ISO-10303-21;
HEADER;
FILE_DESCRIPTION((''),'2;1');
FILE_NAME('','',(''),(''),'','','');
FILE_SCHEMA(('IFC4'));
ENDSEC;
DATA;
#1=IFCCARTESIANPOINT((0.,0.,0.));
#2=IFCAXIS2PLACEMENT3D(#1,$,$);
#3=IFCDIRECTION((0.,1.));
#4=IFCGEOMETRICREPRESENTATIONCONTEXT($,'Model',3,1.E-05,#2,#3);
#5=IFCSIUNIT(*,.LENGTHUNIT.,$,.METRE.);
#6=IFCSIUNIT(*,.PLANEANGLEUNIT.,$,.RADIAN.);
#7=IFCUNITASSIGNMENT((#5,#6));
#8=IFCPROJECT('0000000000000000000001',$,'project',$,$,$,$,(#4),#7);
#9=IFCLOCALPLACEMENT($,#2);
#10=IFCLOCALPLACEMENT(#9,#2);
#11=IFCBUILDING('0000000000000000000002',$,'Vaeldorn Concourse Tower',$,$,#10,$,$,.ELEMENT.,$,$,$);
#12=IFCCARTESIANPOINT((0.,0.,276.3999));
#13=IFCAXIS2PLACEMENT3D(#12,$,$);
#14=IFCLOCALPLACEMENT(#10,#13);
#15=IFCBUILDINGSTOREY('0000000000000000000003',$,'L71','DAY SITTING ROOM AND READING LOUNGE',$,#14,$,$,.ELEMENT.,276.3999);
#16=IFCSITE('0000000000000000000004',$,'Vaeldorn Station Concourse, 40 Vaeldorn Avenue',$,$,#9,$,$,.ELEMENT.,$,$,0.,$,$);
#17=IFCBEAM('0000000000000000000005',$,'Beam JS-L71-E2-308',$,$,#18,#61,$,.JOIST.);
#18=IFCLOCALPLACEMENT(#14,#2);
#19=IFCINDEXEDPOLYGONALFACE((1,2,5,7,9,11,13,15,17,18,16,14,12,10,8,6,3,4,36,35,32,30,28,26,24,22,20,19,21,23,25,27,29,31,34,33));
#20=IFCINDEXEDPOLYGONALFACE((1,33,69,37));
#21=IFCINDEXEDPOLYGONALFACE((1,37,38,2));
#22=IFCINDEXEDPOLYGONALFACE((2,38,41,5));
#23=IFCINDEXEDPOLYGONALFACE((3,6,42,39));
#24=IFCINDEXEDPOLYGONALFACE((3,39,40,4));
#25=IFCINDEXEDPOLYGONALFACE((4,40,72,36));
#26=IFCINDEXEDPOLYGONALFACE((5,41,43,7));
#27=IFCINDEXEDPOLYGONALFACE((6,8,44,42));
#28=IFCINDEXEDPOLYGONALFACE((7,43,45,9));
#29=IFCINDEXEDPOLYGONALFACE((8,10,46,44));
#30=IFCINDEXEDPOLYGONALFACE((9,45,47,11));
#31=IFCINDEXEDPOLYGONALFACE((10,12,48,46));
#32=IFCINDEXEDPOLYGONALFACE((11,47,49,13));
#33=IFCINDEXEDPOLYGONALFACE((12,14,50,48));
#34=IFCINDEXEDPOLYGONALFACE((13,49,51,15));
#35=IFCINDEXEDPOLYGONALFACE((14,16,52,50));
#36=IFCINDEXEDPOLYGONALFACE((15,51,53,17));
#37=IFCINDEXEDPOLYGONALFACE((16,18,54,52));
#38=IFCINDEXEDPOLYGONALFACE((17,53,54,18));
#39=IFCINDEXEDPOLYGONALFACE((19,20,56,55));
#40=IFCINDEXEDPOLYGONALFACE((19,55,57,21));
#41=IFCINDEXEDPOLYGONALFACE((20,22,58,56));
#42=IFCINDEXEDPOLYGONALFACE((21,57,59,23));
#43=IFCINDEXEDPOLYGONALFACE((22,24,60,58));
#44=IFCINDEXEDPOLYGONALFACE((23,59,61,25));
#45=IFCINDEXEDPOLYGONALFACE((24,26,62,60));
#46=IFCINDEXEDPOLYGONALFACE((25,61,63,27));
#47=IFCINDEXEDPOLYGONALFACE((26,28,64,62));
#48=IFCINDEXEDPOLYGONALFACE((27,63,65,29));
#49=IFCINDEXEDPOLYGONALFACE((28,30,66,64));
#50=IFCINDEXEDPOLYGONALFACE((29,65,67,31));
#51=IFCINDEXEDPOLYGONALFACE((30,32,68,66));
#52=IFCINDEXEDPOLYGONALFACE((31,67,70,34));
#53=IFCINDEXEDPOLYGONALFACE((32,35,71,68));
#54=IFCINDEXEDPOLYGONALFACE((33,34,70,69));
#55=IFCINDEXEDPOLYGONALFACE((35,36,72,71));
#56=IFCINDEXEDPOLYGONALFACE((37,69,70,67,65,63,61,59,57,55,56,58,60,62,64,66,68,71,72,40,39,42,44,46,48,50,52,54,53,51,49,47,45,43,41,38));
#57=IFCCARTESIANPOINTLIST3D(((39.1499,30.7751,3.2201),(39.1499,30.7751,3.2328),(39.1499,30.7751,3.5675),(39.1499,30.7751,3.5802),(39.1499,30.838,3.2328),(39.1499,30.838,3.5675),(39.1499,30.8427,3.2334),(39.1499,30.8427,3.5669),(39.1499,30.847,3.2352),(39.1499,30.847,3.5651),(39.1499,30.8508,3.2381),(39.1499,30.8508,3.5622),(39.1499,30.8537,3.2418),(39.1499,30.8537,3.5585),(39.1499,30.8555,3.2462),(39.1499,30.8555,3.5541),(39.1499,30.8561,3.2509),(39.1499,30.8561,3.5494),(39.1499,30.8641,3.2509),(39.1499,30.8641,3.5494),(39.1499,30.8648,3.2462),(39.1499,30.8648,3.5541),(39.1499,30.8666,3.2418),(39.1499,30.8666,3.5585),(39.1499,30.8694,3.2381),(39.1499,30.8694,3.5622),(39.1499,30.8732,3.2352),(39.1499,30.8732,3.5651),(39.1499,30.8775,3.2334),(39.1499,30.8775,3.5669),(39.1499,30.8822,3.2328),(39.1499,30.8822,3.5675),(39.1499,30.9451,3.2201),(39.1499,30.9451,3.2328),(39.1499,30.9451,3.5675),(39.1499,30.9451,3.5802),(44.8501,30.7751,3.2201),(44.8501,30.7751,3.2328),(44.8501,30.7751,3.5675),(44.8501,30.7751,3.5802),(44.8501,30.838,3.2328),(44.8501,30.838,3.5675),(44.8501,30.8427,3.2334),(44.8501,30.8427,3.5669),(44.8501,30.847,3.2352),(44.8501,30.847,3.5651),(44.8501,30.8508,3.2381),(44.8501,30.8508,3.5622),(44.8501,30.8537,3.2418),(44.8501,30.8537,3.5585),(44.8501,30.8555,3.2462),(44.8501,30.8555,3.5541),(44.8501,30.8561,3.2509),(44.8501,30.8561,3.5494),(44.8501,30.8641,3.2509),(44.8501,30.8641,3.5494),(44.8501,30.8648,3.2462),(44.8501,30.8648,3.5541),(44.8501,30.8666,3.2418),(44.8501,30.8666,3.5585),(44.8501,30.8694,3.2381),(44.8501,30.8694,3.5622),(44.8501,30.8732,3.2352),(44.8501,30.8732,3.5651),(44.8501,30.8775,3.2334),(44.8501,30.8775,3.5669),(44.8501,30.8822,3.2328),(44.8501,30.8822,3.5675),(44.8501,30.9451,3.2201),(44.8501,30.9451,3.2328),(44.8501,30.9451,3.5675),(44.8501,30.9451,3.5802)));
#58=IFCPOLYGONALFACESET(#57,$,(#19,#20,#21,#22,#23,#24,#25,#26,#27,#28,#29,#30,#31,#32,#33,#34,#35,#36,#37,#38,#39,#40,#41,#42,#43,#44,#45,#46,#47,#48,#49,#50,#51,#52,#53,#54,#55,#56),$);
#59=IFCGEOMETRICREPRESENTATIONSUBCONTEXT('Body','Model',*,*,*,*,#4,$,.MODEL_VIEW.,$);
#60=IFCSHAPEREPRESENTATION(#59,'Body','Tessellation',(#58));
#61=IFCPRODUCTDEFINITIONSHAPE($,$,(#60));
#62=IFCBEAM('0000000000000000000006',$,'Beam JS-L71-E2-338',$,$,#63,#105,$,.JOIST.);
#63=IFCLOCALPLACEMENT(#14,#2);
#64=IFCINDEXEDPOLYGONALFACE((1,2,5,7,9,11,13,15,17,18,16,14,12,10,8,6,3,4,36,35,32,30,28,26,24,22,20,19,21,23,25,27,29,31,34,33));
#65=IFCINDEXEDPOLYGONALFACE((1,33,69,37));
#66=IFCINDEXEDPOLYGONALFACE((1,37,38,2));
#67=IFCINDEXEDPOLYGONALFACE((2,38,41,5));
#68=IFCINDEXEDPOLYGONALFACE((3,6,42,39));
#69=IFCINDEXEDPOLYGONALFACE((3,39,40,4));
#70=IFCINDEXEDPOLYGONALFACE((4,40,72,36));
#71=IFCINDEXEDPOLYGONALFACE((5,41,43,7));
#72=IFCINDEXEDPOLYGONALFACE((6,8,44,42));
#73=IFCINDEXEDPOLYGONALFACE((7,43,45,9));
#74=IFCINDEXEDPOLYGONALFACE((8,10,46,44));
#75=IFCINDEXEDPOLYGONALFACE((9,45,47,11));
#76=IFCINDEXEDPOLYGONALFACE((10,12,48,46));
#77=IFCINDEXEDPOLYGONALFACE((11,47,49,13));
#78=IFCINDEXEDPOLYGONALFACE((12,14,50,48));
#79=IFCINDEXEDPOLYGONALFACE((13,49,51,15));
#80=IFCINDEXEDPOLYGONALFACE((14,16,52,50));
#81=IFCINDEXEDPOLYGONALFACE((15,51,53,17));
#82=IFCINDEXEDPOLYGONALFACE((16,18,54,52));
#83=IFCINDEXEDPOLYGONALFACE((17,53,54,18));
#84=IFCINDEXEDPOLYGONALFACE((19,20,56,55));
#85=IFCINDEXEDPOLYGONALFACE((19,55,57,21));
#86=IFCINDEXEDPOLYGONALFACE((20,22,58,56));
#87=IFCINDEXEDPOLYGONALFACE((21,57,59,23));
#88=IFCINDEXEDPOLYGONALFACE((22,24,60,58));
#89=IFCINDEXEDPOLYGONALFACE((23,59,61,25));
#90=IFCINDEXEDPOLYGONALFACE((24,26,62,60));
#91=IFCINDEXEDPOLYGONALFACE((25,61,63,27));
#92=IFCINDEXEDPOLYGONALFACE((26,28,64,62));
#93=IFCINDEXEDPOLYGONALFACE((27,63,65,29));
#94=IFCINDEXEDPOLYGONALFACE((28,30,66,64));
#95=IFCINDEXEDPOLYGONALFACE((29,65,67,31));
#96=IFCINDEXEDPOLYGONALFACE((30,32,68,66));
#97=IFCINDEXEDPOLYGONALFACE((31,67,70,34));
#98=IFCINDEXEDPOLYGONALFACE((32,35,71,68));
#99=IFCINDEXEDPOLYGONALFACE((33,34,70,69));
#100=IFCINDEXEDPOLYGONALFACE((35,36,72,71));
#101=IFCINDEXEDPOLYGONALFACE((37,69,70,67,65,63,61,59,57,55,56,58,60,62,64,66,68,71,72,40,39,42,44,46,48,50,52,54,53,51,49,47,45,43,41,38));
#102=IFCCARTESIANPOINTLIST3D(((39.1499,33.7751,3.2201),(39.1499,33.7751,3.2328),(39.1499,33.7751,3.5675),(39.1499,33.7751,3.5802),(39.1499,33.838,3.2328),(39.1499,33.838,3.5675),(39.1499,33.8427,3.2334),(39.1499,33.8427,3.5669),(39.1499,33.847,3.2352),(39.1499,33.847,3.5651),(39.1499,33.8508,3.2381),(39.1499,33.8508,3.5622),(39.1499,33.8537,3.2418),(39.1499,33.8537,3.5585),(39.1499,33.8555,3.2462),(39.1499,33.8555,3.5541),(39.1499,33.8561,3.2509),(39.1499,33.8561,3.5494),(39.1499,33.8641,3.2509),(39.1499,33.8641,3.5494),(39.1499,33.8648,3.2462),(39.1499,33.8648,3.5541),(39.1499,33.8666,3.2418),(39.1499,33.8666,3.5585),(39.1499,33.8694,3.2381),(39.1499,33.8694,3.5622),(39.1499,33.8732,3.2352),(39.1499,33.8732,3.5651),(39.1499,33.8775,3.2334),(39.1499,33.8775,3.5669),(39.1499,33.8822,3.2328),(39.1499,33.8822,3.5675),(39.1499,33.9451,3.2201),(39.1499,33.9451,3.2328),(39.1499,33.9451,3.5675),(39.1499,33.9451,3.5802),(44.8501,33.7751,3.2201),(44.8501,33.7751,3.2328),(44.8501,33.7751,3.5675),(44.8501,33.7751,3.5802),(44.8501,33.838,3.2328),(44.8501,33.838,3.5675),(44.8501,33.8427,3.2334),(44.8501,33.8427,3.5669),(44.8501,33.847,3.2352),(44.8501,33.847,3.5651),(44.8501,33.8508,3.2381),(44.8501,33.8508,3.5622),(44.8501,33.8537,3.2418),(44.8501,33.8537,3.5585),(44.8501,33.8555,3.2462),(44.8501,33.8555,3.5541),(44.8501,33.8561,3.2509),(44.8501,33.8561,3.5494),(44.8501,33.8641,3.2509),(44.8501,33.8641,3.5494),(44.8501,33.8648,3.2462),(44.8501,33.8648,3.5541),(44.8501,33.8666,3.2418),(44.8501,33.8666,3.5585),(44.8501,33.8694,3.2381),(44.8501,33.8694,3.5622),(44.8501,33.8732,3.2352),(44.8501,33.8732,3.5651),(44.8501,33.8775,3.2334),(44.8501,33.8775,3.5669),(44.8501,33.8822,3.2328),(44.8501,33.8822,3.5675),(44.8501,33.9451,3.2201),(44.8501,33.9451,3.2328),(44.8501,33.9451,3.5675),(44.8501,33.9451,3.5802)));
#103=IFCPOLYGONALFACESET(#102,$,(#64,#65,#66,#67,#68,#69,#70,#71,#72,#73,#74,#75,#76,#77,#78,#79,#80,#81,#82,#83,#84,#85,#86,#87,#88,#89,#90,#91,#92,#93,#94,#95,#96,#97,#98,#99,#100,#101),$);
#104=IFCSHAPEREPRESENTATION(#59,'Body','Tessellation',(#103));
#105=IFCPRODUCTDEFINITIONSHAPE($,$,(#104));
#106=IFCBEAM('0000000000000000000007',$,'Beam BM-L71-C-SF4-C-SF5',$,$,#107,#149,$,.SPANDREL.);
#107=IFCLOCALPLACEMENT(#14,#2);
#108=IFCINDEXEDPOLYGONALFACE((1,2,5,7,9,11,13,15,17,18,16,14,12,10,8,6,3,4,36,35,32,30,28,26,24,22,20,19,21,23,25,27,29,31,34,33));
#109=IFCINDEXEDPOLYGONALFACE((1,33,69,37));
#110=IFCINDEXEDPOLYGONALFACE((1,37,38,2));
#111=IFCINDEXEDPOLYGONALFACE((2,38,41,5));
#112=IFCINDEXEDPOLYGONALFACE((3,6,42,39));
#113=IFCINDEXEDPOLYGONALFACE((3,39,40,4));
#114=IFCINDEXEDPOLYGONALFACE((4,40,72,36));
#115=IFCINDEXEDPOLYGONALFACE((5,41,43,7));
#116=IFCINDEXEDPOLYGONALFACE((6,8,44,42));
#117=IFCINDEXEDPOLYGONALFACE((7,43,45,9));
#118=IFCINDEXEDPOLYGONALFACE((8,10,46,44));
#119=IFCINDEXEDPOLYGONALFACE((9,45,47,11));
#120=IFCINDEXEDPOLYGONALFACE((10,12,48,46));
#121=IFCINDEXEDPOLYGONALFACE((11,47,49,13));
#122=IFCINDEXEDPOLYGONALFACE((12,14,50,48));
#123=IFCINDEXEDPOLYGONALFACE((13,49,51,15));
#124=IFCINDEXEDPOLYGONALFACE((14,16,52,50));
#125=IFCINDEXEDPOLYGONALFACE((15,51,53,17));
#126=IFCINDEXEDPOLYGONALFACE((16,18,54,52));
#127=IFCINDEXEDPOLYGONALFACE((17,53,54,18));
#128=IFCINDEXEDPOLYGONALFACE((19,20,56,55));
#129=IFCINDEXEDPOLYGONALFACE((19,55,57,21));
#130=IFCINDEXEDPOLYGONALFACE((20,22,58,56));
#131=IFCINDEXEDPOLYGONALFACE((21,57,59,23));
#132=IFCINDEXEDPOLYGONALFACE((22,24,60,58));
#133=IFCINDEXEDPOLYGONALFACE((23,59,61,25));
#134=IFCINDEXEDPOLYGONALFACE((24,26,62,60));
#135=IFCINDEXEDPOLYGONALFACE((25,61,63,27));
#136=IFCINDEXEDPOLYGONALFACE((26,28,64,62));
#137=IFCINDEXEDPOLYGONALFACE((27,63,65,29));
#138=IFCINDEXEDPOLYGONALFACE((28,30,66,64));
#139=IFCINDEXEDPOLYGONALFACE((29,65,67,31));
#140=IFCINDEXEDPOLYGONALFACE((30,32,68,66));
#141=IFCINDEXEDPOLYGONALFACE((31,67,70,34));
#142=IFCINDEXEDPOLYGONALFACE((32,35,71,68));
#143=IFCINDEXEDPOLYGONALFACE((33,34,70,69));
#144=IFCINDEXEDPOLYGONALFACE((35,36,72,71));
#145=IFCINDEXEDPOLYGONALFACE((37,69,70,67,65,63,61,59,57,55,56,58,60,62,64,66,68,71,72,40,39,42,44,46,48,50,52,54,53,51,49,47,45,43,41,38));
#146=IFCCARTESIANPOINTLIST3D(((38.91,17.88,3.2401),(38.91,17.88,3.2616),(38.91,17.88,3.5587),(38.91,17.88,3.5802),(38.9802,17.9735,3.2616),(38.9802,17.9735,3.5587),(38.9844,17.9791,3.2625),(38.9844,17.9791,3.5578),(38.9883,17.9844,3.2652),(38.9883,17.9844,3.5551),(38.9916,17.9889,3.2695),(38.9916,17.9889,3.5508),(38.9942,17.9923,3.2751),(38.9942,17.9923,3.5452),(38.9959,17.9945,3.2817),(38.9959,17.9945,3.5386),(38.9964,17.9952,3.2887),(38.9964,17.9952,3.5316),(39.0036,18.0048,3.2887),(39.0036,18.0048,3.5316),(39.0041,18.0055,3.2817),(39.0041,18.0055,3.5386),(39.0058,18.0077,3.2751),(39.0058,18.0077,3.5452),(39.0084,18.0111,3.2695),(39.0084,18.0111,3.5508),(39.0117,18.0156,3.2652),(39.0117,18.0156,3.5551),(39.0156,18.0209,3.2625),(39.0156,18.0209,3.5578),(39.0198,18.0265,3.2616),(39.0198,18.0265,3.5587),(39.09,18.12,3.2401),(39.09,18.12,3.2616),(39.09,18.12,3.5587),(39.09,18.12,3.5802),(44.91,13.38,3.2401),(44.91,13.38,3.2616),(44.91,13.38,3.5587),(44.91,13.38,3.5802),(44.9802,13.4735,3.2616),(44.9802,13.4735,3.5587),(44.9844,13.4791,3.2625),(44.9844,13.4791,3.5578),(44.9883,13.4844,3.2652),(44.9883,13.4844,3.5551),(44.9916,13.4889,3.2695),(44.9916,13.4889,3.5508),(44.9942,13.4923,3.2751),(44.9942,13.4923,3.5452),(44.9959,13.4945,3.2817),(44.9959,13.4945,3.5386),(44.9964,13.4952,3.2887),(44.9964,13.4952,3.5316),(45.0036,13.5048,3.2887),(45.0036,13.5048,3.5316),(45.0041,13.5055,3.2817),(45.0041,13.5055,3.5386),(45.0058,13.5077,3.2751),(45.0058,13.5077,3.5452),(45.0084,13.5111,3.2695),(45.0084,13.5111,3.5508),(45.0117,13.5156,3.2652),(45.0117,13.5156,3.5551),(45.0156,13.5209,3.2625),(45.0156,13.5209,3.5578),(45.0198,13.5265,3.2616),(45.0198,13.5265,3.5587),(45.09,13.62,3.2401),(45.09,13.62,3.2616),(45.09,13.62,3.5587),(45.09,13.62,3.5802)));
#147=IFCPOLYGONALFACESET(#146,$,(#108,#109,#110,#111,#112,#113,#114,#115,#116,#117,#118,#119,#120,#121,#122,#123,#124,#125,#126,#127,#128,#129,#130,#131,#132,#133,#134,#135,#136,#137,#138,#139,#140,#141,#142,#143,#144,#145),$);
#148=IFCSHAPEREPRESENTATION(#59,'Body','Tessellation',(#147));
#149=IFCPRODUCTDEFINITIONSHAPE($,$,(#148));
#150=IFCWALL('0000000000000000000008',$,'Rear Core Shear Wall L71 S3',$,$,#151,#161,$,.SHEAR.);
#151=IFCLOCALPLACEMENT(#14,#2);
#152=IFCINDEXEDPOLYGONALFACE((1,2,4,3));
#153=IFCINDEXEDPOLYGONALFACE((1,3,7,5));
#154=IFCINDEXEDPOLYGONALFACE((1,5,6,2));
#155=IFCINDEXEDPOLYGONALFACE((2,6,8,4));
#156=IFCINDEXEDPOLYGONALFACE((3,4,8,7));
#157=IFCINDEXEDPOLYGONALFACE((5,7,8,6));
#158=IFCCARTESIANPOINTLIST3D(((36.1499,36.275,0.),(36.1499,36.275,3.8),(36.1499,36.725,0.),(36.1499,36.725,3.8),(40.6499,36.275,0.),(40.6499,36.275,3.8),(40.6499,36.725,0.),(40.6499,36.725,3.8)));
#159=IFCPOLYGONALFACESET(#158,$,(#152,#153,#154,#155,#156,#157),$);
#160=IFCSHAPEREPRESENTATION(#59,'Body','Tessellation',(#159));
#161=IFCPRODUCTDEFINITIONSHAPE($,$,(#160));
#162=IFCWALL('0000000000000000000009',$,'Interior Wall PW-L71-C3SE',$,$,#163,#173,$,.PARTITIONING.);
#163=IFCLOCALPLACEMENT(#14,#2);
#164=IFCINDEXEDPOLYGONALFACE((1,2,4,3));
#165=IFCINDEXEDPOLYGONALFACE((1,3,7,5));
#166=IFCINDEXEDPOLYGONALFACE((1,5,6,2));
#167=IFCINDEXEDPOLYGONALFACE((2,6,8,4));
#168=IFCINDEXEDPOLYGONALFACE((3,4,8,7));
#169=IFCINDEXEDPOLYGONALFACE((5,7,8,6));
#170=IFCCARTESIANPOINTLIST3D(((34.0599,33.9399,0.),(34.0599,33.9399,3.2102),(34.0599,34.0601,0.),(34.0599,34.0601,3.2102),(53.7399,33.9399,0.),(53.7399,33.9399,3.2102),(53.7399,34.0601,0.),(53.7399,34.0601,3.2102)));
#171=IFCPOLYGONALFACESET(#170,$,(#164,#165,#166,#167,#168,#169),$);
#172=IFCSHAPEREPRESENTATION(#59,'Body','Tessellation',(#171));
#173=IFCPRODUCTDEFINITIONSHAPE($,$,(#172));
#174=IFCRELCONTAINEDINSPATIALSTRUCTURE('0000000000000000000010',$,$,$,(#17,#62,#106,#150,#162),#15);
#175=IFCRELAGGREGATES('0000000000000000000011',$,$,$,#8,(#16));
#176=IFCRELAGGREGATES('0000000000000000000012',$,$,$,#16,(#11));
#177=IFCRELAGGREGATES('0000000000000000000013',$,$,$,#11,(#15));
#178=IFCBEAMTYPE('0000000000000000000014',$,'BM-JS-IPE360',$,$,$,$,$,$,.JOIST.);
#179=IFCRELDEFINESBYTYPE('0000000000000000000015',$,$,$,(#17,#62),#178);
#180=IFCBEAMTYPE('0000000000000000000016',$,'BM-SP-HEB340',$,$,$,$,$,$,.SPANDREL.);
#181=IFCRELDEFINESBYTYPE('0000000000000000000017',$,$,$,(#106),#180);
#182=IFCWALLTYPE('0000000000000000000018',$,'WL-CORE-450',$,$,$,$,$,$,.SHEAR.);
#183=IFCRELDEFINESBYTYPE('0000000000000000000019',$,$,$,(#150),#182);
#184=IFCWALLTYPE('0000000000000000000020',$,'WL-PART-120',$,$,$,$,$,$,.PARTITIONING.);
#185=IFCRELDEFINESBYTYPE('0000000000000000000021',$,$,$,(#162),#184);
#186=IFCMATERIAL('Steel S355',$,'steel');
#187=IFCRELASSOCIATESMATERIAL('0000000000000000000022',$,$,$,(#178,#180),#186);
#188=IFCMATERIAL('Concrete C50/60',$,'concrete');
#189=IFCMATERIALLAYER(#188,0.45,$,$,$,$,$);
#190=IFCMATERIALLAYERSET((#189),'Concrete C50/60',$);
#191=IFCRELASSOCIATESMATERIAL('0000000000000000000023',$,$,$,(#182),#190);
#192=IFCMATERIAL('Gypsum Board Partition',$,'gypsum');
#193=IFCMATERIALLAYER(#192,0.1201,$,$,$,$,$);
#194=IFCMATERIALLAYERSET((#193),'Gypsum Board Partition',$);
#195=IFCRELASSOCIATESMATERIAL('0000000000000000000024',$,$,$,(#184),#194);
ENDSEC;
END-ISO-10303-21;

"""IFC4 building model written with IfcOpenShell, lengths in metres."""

from ifc_helpers import new_model, si_unit, direction, frame, frame_2d, origin, origin_2d, place, context, subcontext, project, spatial, rectangle, i_section, extrude, source, transform, mapped, material, layer, layer_set, material_profile, profile_set, type_object, element, save


model = new_model("IFC4")

# Units and contexts
model_context = context("Model", 3, precision=1e-05, world=origin(), true_north=direction((0.0, 1.0)))
body_context = subcontext(model_context, "Body", "Model", "MODEL_VIEW")
ifc_project = project(units=[si_unit("LENGTHUNIT", "METRE"), si_unit("PLANEANGLEUNIT", "RADIAN")], contexts=[model_context])

# Site, building, storey
site_placement = place(None, origin())
site = spatial("IfcSite", under=ifc_project, at=site_placement, Name="Vaeldorn Station Concourse, 40 Vaeldorn Avenue", CompositionType="ELEMENT", RefElevation=0.0)
building_placement = place(site_placement, origin())
building = spatial("IfcBuilding", under=site, at=building_placement, Name="Vaeldorn Concourse Tower", CompositionType="ELEMENT")
storey_placement = place(building_placement, frame((0.0, 0.0, 276.3999)))
storey = spatial("IfcBuildingStorey", under=building, at=storey_placement, Name="L71", Description="DAY SITTING ROOM AND READING LOUNGE", CompositionType="ELEMENT", Elevation=276.3999)

# Shared definitions
ifc_material_1 = material(Name="Steel S355", Category="steel")

# Beams
ifc_material_profile_1 = material_profile(ifc_material_1, i_section(OverallWidth=0.1699, OverallDepth=0.3601, WebThickness=0.0081, FlangeThickness=0.0127, FilletRadius=0.0181, at=origin_2d()), Name="IPE 360")
ifc_profile_set_1 = profile_set([ifc_material_profile_1], Name="Steel S355")
beam_type_1 = type_object("IfcBeamType", Name="BM-JS-IPE360", PredefinedType="JOIST", material=ifc_profile_set_1)
shared_shape_1 = source(origin(), body_context, "Body", "SweptSolid", [
    extrude(i_section(OverallWidth=0.1699, OverallDepth=0.3601, WebThickness=0.0081, FlangeThickness=0.0127, FilletRadius=0.0181, at=origin_2d()), origin(), (0.0, 0.0, 1.0), 5.7002),
])
for number, where, z_axis, x_axis, name in (
    (1, (39.1499, 30.8601, 3.4001), (1.0, 0.0, 0.0), (0.0, 1.0, 0.0), "Beam JS-L71-E2-308"),
    (2, (39.1499, 33.8601, 3.4001), (1.0, 0.0, 0.0), (0.0, 1.0, 0.0), "Beam JS-L71-E2-338"),
):
    element("IfcBeam", number, at=place(storey_placement, frame(where, z_axis=z_axis, x_axis=x_axis)), inside=storey, type_object=beam_type_1, Name=name, PredefinedType="JOIST", context=body_context, shape_type="MappedRepresentation", body=[
        mapped(shared_shape_1, transform((0.0, 0.0, 0.0), scale=1.0)),
    ])
ifc_material_profile_2 = material_profile(ifc_material_1, i_section(OverallWidth=0.3, OverallDepth=0.3401, WebThickness=0.012, FlangeThickness=0.0215, FilletRadius=0.0271, at=origin_2d()), Name="HEB 340")
ifc_profile_set_2 = profile_set([ifc_material_profile_2], Name="Steel S355")
beam_type_2 = type_object("IfcBeamType", Name="BM-SP-HEB340", PredefinedType="SPANDREL", material=ifc_profile_set_2)
shared_shape_2 = source(origin(), body_context, "Body", "SweptSolid", [
    extrude(i_section(OverallWidth=0.3, OverallDepth=0.3401, WebThickness=0.012, FlangeThickness=0.0215, FilletRadius=0.0271, at=origin_2d()), origin(), (0.0, 0.0, 1.0), 7.5),
])
beam_1_placement = place(storey_placement, frame((39.0, 18.0, 3.4102), z_axis=(0.8, -0.6, 0.0), x_axis=(0.6, 0.8, 0.0)))
element("IfcBeam", 3, at=beam_1_placement, inside=storey, type_object=beam_type_2, Name="Beam BM-L71-C-SF4-C-SF5", PredefinedType="SPANDREL", context=body_context, shape_type="MappedRepresentation", body=[
    mapped(shared_shape_2, transform((0.0, 0.0, 0.0), scale=1.0)),
])

# Walls
ifc_material_2 = material(Name="Concrete C50/60", Category="concrete")
ifc_layer_1 = layer(ifc_material_2, 0.45)
ifc_layer_set_1 = layer_set([ifc_layer_1], Name="Concrete C50/60")
wall_type_1 = type_object("IfcWallType", Name="WL-CORE-450", PredefinedType="SHEAR", material=ifc_layer_set_1)
wall_1_placement = place(storey_placement, frame((36.1499, 36.5, 0.0), z_axis=(0.0, 0.0, 1.0), x_axis=(1.0, 0.0, 0.0)))
element("IfcWall", 4, at=wall_1_placement, inside=storey, type_object=wall_type_1, Name="Rear Core Shear Wall L71 S3", PredefinedType="SHEAR", context=body_context, shape_type="SweptSolid", body=[
    extrude(rectangle(XDim=4.5, YDim=0.45, at=frame_2d((2.25, 0.0))), origin(), (0.0, 0.0, 1.0), 3.8),
])
ifc_material_3 = material(Name="Gypsum Board Partition", Category="gypsum")
ifc_layer_2 = layer(ifc_material_3, 0.1201)
ifc_layer_set_2 = layer_set([ifc_layer_2], Name="Gypsum Board Partition")
wall_type_2 = type_object("IfcWallType", Name="WL-PART-120", PredefinedType="PARTITIONING", material=ifc_layer_set_2)
wall_2_placement = place(storey_placement, frame((34.0601, 34.0, 0.0), z_axis=(0.0, 0.0, 1.0), x_axis=(1.0, 0.0, 0.0)))
element("IfcWall", 5, at=wall_2_placement, inside=storey, type_object=wall_type_2, Name="Interior Wall PW-L71-C3SE", PredefinedType="PARTITIONING", context=body_context, shape_type="SweptSolid", body=[
    extrude(rectangle(XDim=19.6799, YDim=0.1201, at=frame_2d((9.8398, 0.0))), origin(), (0.0, 0.0, 1.0), 3.2102),
])

save(model, "model.ifc")
